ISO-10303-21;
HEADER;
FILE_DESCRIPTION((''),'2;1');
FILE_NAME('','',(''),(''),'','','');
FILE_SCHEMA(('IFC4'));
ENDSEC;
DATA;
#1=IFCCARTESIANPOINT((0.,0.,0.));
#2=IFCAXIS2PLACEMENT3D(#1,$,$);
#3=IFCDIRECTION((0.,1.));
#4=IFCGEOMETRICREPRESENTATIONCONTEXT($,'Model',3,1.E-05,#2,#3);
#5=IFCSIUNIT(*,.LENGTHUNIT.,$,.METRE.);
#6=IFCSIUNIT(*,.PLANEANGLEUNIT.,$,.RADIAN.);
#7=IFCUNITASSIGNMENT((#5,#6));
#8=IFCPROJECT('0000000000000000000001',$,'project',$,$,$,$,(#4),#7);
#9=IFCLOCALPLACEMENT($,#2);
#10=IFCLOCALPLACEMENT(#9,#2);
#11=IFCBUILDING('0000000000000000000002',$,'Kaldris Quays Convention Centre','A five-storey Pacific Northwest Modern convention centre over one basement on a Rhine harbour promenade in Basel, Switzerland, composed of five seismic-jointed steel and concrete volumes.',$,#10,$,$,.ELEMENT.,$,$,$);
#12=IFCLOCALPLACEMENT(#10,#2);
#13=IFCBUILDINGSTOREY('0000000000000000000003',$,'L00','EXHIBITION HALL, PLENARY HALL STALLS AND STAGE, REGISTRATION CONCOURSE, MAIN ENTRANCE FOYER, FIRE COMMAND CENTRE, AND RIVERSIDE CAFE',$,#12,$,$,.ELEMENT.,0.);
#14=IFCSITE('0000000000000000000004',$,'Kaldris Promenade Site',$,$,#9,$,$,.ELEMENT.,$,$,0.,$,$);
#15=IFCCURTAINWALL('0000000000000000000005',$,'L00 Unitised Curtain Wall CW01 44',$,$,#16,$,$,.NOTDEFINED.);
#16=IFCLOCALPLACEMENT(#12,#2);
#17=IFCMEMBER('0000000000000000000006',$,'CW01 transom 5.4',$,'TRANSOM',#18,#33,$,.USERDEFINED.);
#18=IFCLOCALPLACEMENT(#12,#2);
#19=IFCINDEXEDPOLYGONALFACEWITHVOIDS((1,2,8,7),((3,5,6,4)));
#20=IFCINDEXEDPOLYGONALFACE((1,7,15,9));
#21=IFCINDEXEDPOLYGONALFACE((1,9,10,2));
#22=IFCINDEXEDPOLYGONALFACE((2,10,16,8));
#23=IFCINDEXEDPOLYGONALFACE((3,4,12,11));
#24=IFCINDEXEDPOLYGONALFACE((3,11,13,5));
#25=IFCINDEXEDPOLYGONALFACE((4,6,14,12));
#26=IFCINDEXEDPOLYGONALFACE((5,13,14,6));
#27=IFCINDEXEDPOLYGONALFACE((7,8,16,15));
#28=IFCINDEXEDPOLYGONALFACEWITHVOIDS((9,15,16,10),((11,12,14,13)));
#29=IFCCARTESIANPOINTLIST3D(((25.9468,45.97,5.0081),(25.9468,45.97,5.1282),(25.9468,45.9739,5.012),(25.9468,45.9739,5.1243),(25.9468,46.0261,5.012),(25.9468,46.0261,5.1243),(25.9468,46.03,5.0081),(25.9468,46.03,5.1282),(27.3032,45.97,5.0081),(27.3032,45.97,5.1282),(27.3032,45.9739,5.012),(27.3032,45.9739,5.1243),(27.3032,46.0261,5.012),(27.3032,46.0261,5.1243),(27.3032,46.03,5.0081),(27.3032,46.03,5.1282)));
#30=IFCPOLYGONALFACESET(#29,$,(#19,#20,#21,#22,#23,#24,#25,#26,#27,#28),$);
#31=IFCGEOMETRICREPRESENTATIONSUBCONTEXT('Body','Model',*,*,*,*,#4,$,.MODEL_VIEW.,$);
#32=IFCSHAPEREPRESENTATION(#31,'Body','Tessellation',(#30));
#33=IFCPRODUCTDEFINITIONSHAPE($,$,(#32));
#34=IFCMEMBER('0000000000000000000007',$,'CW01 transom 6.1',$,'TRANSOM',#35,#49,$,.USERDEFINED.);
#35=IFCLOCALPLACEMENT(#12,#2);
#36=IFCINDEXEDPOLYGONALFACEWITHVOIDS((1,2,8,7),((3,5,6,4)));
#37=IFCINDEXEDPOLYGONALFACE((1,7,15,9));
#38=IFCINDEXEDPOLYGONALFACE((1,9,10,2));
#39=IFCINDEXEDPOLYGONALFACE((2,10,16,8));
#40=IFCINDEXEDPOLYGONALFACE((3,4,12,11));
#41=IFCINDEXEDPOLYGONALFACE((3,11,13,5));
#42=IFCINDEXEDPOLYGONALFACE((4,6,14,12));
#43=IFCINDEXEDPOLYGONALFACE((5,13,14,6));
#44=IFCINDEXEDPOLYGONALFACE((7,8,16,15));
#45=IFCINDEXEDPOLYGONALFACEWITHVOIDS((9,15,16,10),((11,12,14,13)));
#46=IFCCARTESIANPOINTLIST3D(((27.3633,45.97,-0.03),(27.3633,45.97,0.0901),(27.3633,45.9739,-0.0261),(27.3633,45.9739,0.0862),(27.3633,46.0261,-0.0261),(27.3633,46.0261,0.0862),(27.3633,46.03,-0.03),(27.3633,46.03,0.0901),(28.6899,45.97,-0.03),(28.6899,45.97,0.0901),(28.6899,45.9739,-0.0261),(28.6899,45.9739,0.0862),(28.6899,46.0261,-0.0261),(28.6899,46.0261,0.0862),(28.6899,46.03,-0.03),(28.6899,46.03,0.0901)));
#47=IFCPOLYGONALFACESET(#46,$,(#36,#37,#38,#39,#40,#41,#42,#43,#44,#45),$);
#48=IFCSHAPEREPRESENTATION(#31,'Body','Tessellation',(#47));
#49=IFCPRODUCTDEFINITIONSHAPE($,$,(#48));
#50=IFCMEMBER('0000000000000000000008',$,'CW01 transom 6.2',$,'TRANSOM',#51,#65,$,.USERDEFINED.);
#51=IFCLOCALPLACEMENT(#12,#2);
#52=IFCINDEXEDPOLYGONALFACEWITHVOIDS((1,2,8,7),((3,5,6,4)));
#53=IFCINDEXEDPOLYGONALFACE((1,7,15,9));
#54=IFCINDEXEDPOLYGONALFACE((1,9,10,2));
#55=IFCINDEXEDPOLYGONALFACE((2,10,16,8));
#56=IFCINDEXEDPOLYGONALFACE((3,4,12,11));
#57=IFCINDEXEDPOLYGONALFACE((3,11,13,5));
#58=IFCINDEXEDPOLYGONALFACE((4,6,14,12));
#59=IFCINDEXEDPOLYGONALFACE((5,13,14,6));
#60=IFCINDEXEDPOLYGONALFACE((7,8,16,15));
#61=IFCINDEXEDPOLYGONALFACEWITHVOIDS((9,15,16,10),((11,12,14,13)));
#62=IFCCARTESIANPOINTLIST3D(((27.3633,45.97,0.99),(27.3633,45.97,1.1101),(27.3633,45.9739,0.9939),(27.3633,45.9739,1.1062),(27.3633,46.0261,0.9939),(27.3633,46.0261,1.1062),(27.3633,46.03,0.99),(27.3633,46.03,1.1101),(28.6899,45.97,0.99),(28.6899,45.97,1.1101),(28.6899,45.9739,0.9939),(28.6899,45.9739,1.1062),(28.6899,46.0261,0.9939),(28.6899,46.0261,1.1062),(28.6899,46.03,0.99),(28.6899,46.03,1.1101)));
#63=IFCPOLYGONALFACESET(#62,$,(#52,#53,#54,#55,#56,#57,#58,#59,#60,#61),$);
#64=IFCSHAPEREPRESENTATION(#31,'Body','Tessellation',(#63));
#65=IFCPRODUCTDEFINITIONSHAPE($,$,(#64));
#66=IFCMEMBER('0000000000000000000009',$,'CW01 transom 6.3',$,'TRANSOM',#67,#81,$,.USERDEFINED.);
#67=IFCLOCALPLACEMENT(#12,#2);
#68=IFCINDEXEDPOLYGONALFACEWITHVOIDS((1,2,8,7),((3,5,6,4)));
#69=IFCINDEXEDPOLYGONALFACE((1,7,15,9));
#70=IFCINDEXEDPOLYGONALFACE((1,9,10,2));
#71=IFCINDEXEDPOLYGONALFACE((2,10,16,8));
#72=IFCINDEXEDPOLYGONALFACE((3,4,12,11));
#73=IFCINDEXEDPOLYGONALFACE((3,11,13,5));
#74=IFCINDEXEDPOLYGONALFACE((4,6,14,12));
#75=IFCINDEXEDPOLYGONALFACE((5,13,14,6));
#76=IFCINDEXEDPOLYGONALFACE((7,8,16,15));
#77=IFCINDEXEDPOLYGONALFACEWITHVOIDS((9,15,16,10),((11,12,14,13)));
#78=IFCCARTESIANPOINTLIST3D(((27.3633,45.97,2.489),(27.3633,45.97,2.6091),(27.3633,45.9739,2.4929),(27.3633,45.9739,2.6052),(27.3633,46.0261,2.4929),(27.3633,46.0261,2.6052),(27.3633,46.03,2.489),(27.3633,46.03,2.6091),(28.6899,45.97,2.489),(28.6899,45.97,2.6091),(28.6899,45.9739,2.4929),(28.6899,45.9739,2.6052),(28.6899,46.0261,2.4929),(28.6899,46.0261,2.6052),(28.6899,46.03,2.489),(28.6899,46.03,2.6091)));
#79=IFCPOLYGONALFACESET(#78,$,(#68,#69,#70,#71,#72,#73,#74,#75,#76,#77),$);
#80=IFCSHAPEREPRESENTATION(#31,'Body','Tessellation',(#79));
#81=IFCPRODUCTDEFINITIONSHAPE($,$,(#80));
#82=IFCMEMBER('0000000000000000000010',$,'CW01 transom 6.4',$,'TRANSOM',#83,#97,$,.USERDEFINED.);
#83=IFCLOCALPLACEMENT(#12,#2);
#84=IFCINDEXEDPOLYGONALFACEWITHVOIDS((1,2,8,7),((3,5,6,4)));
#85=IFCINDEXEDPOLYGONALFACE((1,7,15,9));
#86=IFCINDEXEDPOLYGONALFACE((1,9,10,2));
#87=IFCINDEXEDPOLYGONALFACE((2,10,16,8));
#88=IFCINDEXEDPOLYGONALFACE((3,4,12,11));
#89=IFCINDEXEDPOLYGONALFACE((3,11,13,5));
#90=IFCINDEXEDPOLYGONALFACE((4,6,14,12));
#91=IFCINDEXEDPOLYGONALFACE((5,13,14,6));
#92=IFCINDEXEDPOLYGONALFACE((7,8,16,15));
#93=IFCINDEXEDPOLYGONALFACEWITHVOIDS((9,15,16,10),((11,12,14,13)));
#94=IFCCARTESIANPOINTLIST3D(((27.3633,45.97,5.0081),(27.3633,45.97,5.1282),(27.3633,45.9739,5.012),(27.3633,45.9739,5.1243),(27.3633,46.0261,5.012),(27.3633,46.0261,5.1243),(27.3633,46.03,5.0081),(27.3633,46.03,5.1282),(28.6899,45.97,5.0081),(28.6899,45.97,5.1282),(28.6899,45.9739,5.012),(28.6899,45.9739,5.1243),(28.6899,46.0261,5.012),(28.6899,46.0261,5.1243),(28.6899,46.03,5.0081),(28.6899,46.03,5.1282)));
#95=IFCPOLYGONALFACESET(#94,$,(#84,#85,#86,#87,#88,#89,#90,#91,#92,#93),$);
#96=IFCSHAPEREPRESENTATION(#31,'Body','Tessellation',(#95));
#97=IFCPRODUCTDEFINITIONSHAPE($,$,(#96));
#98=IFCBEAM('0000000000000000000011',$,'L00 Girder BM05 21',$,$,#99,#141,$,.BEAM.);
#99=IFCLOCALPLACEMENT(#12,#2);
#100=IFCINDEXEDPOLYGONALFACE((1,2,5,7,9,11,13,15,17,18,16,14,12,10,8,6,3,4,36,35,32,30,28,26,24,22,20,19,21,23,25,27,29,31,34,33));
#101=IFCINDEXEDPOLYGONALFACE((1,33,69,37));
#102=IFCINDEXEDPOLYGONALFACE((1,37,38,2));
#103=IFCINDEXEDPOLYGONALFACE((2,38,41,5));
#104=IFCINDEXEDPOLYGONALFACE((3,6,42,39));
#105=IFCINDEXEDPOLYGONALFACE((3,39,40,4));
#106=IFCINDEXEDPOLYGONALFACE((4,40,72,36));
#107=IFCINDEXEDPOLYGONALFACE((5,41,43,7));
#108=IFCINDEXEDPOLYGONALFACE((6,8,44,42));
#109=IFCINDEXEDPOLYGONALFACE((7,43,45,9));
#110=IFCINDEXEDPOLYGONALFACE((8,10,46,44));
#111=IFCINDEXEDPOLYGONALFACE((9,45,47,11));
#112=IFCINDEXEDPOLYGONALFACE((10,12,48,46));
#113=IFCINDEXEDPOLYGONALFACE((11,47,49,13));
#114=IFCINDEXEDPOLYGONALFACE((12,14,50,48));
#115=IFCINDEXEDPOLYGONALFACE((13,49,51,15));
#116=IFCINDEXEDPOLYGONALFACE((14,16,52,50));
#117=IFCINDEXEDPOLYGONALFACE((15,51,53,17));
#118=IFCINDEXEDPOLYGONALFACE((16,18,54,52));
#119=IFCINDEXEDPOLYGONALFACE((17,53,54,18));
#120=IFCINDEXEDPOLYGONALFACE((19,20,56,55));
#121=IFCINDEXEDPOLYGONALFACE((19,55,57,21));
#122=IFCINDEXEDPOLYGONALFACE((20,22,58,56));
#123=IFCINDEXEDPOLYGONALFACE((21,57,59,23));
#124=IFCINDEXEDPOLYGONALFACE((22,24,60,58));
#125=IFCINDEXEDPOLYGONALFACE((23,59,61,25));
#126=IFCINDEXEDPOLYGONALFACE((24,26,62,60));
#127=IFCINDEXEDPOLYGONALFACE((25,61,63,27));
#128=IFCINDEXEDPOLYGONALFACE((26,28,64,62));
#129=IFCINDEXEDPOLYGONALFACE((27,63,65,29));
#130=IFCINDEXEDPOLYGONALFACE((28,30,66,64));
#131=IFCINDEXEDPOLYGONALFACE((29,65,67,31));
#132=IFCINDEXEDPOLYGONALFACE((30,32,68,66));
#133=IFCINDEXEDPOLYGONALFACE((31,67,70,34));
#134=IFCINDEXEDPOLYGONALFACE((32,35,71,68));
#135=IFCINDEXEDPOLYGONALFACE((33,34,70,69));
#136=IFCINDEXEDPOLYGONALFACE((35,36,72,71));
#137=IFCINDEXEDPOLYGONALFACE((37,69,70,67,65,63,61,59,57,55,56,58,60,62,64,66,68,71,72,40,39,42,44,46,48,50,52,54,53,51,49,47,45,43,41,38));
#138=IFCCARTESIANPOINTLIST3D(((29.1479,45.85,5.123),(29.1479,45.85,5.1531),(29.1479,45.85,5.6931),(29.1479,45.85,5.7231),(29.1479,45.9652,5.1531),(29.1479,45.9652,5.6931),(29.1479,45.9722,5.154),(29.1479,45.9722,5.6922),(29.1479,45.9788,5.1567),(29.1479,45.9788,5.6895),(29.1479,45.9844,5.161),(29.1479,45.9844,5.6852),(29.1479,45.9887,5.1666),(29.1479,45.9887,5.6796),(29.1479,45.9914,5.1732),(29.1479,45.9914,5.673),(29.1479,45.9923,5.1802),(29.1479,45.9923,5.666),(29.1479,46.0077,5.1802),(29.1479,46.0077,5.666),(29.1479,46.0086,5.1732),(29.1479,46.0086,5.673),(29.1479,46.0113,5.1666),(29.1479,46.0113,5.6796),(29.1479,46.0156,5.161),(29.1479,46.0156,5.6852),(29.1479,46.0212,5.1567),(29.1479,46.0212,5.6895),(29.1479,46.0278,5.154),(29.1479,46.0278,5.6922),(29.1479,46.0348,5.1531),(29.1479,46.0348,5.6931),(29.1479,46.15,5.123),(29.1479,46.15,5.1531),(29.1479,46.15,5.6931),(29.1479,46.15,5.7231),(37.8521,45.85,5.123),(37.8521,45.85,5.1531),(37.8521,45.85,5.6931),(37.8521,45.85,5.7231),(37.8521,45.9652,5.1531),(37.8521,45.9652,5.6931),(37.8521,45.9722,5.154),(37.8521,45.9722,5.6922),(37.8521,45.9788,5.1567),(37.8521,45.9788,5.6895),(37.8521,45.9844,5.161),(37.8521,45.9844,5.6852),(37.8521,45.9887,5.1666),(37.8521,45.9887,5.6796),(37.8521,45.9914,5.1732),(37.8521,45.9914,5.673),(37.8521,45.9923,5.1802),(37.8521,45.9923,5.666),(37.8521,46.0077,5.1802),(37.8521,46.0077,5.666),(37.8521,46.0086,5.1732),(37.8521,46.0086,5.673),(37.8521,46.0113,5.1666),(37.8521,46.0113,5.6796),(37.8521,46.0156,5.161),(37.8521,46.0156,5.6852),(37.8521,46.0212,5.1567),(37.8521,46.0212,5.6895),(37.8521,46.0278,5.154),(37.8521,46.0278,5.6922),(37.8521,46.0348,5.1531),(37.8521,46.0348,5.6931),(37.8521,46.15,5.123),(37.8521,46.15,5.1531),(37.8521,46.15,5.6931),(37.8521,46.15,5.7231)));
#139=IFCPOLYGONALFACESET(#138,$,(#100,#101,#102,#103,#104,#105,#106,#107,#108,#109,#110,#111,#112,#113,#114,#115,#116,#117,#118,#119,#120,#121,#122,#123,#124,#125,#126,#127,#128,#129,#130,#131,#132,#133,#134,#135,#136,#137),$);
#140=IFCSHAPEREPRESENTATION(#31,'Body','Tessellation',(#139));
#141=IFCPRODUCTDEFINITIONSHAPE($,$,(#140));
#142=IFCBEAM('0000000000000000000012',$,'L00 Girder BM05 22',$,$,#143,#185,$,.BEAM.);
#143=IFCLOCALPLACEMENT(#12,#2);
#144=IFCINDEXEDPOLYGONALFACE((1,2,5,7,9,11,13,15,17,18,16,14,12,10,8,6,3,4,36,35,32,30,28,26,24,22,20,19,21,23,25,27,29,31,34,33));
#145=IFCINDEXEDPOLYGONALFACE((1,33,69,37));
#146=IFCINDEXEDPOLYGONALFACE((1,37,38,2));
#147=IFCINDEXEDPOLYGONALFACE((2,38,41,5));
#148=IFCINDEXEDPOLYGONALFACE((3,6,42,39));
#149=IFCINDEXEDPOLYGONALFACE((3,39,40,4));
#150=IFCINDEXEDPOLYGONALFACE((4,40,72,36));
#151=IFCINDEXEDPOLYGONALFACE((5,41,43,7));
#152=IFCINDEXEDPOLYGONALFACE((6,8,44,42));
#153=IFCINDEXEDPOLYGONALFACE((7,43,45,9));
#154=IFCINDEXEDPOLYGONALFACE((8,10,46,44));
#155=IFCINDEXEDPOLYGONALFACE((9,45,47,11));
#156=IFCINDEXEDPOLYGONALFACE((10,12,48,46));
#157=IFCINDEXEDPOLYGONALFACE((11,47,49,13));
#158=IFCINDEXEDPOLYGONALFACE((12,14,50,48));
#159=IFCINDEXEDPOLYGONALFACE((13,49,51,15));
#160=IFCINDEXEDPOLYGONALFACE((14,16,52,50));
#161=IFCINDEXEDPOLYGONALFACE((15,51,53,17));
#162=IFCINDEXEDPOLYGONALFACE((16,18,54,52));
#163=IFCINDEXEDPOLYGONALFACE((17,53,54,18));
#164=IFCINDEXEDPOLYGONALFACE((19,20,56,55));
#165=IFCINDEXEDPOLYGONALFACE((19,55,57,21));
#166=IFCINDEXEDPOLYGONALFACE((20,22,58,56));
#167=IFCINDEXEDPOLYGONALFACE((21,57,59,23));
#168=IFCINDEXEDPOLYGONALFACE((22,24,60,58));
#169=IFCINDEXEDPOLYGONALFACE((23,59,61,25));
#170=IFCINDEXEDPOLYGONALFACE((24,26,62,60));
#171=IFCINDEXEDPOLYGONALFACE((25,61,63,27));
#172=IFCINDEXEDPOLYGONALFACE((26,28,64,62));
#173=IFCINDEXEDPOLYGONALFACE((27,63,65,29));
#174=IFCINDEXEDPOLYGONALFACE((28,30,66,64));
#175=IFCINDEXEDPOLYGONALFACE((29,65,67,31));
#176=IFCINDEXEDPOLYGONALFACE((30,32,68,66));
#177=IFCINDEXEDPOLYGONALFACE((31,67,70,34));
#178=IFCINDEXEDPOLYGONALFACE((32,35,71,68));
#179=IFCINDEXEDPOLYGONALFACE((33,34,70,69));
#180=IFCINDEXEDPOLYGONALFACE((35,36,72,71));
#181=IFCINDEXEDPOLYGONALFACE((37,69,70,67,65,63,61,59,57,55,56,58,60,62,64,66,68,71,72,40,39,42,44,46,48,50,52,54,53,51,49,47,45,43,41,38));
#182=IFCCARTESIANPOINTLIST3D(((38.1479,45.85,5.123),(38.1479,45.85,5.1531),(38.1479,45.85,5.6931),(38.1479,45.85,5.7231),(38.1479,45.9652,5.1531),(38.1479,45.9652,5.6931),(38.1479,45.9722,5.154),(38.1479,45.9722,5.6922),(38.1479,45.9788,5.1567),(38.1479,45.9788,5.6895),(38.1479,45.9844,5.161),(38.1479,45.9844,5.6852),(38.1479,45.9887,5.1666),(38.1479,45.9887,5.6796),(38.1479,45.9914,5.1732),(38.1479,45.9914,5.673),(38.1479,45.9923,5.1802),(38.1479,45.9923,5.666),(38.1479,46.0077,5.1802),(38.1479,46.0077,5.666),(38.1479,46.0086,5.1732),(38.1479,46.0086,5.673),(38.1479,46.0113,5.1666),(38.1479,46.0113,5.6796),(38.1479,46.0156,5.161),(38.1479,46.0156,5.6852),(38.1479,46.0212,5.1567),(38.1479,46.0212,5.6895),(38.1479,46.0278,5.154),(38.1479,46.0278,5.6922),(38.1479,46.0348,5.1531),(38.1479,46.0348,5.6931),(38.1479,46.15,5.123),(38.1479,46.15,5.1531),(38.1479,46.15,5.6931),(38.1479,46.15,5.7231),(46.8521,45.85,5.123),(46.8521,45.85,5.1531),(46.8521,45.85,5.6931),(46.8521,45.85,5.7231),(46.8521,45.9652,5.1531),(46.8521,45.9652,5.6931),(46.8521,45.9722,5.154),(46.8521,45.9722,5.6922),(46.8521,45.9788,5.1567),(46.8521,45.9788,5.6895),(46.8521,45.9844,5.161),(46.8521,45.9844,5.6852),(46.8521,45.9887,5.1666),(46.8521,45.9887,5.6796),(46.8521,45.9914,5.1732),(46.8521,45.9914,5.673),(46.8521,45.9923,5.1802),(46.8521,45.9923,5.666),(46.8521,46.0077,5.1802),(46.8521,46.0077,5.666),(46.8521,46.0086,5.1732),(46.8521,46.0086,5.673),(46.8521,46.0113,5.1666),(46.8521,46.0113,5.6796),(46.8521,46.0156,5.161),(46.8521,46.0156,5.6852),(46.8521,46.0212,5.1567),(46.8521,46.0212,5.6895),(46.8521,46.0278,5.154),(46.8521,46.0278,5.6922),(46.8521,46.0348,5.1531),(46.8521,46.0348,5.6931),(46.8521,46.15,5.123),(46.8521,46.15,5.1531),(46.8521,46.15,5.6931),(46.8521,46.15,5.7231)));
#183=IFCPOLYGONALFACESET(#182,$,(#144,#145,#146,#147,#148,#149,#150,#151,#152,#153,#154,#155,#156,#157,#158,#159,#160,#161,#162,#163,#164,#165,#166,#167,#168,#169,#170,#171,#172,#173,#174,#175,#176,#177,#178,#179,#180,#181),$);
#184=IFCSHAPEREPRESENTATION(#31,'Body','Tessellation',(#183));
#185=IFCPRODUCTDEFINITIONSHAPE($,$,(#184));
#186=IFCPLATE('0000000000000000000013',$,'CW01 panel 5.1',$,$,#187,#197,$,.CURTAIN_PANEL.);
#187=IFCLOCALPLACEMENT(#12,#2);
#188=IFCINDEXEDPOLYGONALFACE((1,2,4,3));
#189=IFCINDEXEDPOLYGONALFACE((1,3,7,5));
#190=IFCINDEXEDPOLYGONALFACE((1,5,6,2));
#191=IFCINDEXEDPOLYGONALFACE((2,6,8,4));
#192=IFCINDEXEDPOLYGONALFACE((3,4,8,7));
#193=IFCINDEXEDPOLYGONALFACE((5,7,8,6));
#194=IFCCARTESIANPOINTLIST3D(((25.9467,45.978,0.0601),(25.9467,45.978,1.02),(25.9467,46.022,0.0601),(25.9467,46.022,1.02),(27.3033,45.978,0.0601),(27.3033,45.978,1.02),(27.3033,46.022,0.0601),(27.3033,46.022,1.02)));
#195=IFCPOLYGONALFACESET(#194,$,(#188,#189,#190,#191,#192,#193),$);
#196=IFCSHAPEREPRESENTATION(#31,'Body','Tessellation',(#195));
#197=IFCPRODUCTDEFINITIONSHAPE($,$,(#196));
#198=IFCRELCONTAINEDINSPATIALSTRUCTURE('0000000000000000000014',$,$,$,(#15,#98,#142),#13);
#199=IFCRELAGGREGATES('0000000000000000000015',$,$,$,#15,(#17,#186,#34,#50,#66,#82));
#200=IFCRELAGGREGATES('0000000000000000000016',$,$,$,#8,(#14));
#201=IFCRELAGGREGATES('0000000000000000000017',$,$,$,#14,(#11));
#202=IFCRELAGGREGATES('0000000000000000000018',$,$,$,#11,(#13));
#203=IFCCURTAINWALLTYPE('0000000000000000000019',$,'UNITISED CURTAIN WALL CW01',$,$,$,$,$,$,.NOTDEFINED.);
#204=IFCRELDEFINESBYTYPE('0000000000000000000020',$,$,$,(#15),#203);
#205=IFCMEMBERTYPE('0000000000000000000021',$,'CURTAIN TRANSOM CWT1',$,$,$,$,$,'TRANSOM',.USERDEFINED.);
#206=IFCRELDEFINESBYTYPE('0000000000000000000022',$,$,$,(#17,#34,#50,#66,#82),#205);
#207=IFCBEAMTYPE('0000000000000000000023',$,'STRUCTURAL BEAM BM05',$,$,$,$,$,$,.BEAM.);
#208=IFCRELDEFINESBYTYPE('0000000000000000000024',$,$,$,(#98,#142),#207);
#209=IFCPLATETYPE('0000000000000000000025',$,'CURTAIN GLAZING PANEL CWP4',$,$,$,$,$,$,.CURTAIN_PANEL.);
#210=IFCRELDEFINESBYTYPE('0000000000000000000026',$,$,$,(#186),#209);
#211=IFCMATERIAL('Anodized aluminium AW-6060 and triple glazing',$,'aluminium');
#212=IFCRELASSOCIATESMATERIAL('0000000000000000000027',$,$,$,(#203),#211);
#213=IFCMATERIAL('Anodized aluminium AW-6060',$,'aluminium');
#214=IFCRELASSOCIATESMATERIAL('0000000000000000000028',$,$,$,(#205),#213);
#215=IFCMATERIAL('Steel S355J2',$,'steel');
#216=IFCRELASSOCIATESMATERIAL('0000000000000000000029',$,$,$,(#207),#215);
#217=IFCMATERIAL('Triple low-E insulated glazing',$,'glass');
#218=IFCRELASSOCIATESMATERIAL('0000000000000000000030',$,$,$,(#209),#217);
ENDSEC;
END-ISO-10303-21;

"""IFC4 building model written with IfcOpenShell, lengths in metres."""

from ifc_helpers import new_model, si_unit, direction, frame, origin, origin_2d, place, context, subcontext, project, spatial, rectangle, hollow_rectangle, i_section, extrude, material, material_profile, profile_set, type_object, element, aggregate, save


model = new_model("IFC4")

# Units and contexts
model_context = context("Model", 3, precision=1e-05, world=origin(), true_north=direction((0.0, 1.0)))
body_context = subcontext(model_context, "Body", "Model", "MODEL_VIEW")
ifc_project = project(units=[si_unit("LENGTHUNIT", "METRE"), si_unit("PLANEANGLEUNIT", "RADIAN")], contexts=[model_context])

# Site, building, storey
site_placement = place(None, origin())
site = spatial("IfcSite", under=ifc_project, at=site_placement, Name="Kaldris Promenade Site", CompositionType="ELEMENT", RefElevation=0.0)
building_placement = place(site_placement, origin())
building = spatial("IfcBuilding", under=site, at=building_placement, Name="Kaldris Quays Convention Centre", Description="A five-storey Pacific Northwest Modern convention centre over one basement on a Rhine harbour promenade in Basel, Switzerland, composed of five seismic-jointed steel and concrete volumes.", CompositionType="ELEMENT")
storey_placement = place(building_placement, origin())
storey = spatial("IfcBuildingStorey", under=building, at=storey_placement, Name="L00", Description="EXHIBITION HALL, PLENARY HALL STALLS AND STAGE, REGISTRATION CONCOURSE, MAIN ENTRANCE FOYER, FIRE COMMAND CENTRE, AND RIVERSIDE CAFE", CompositionType="ELEMENT", Elevation=0.0)

# Curtain wall, members
ifc_material_1 = material(Name="Anodized aluminium AW-6060 and triple glazing", Category="aluminium")
curtain_wall_type = type_object("IfcCurtainWallType", Name="UNITISED CURTAIN WALL CW01", PredefinedType="NOTDEFINED", material=ifc_material_1)
curtain_wall_placement = place(storey_placement, origin())
curtain_wall = element("IfcCurtainWall", 1, at=curtain_wall_placement, inside=storey, type_object=curtain_wall_type, Name="L00 Unitised Curtain Wall CW01 44", PredefinedType="NOTDEFINED")
ifc_material_2 = material(Name="Anodized aluminium AW-6060", Category="aluminium")
ifc_material_profile_1 = material_profile(ifc_material_2, hollow_rectangle(XDim=0.0601, YDim=0.1201, WallThickness=0.0039, at=origin_2d()), Name="RHS 120x60x4")
ifc_profile_set_1 = profile_set([ifc_material_profile_1], Name="Anodized aluminium AW-6060")
member_type_1 = type_object("IfcMemberType", Name="CURTAIN TRANSOM CWT1", ElementType="TRANSOM", PredefinedType="USERDEFINED", material=ifc_profile_set_1)
member_1_placement = place(storey_placement, frame((25.9468, 46.0, 5.0681), z_axis=(1.0, 0.0, 0.0), x_axis=(0.0, 1.0, 0.0)))
member_1 = element("IfcMember", 2, at=member_1_placement, type_object=member_type_1, Name="CW01 transom 5.4", ObjectType="TRANSOM", PredefinedType="USERDEFINED", context=body_context, shape_type="SweptSolid", body=[
    extrude(hollow_rectangle(XDim=0.0601, YDim=0.1201, WallThickness=0.0039, at=origin_2d()), origin(), (0.0, 0.0, 1.0), 1.3564),
])
member_2_placement = place(storey_placement, frame((27.3633, 46.0, 0.03), z_axis=(1.0, 0.0, 0.0), x_axis=(0.0, 1.0, 0.0)))
member_2 = element("IfcMember", 3, at=member_2_placement, type_object=member_type_1, Name="CW01 transom 6.1", ObjectType="TRANSOM", PredefinedType="USERDEFINED", context=body_context, shape_type="SweptSolid", body=[
    extrude(hollow_rectangle(XDim=0.0601, YDim=0.1201, WallThickness=0.0039, at=origin_2d()), origin(), (0.0, 0.0, 1.0), 1.3267),
])
member_3_placement = place(storey_placement, frame((27.3633, 46.0, 1.05), z_axis=(1.0, 0.0, 0.0), x_axis=(0.0, 1.0, 0.0)))
member_3 = element("IfcMember", 4, at=member_3_placement, type_object=member_type_1, Name="CW01 transom 6.2", ObjectType="TRANSOM", PredefinedType="USERDEFINED", context=body_context, shape_type="SweptSolid", body=[
    extrude(hollow_rectangle(XDim=0.0601, YDim=0.1201, WallThickness=0.0039, at=origin_2d()), origin(), (0.0, 0.0, 1.0), 1.3267),
])
member_4_placement = place(storey_placement, frame((27.3633, 46.0, 2.5491), z_axis=(1.0, 0.0, 0.0), x_axis=(0.0, 1.0, 0.0)))
member_4 = element("IfcMember", 5, at=member_4_placement, type_object=member_type_1, Name="CW01 transom 6.3", ObjectType="TRANSOM", PredefinedType="USERDEFINED", context=body_context, shape_type="SweptSolid", body=[
    extrude(hollow_rectangle(XDim=0.0601, YDim=0.1201, WallThickness=0.0039, at=origin_2d()), origin(), (0.0, 0.0, 1.0), 1.3267),
])
member_5_placement = place(storey_placement, frame((27.3633, 46.0, 5.0681), z_axis=(1.0, 0.0, 0.0), x_axis=(0.0, 1.0, 0.0)))
member_5 = element("IfcMember", 6, at=member_5_placement, type_object=member_type_1, Name="CW01 transom 6.4", ObjectType="TRANSOM", PredefinedType="USERDEFINED", context=body_context, shape_type="SweptSolid", body=[
    extrude(hollow_rectangle(XDim=0.0601, YDim=0.1201, WallThickness=0.0039, at=origin_2d()), origin(), (0.0, 0.0, 1.0), 1.3267),
])

# Beams
ifc_material_3 = material(Name="Steel S355J2", Category="steel")
ifc_material_profile_2 = material_profile(ifc_material_3, i_section(OverallWidth=0.3, OverallDepth=0.6001, WebThickness=0.0154, FlangeThickness=0.03, FilletRadius=0.0271, at=origin_2d()), Name="HEB 600")
ifc_profile_set_2 = profile_set([ifc_material_profile_2], Name="Steel S355J2")
beam_type = type_object("IfcBeamType", Name="STRUCTURAL BEAM BM05", PredefinedType="BEAM", material=ifc_profile_set_2)
for number, where, z_axis, x_axis, name in (
    (7, (29.1479, 46.0, 5.4231), (1.0, 0.0, 0.0), (0.0, 1.0, 0.0), "L00 Girder BM05 21"),
    (8, (38.1479, 46.0, 5.4231), (1.0, 0.0, 0.0), (0.0, 1.0, 0.0), "L00 Girder BM05 22"),
):
    element("IfcBeam", number, at=place(storey_placement, frame(where, z_axis=z_axis, x_axis=x_axis)), inside=storey, type_object=beam_type, Name=name, PredefinedType="BEAM", context=body_context, shape_type="SweptSolid", body=[
        extrude(i_section(OverallWidth=0.3, OverallDepth=0.6001, WebThickness=0.0154, FlangeThickness=0.03, FilletRadius=0.0271, at=origin_2d()), origin(), (0.0, 0.0, 1.0), 8.7041),
    ])

# Plate
ifc_material_4 = material(Name="Triple low-E insulated glazing", Category="glass")
plate_type = type_object("IfcPlateType", Name="CURTAIN GLAZING PANEL CWP4", PredefinedType="CURTAIN_PANEL", material=ifc_material_4)
plate_1_placement = place(storey_placement, frame((26.625, 46.0, 0.0601), z_axis=(0.0, 0.0, 1.0), x_axis=(1.0, 0.0, 0.0)))
plate_1 = element("IfcPlate", 9, at=plate_1_placement, type_object=plate_type, Name="CW01 panel 5.1", PredefinedType="CURTAIN_PANEL", context=body_context, shape_type="SweptSolid", body=[
    extrude(rectangle(XDim=1.3567, YDim=0.0439, at=origin_2d()), origin(), (0.0, 0.0, 1.0), 0.96),
])
aggregate(curtain_wall, [member_1, plate_1, member_2, member_3, member_4, member_5])

save(model, "model.ifc")
